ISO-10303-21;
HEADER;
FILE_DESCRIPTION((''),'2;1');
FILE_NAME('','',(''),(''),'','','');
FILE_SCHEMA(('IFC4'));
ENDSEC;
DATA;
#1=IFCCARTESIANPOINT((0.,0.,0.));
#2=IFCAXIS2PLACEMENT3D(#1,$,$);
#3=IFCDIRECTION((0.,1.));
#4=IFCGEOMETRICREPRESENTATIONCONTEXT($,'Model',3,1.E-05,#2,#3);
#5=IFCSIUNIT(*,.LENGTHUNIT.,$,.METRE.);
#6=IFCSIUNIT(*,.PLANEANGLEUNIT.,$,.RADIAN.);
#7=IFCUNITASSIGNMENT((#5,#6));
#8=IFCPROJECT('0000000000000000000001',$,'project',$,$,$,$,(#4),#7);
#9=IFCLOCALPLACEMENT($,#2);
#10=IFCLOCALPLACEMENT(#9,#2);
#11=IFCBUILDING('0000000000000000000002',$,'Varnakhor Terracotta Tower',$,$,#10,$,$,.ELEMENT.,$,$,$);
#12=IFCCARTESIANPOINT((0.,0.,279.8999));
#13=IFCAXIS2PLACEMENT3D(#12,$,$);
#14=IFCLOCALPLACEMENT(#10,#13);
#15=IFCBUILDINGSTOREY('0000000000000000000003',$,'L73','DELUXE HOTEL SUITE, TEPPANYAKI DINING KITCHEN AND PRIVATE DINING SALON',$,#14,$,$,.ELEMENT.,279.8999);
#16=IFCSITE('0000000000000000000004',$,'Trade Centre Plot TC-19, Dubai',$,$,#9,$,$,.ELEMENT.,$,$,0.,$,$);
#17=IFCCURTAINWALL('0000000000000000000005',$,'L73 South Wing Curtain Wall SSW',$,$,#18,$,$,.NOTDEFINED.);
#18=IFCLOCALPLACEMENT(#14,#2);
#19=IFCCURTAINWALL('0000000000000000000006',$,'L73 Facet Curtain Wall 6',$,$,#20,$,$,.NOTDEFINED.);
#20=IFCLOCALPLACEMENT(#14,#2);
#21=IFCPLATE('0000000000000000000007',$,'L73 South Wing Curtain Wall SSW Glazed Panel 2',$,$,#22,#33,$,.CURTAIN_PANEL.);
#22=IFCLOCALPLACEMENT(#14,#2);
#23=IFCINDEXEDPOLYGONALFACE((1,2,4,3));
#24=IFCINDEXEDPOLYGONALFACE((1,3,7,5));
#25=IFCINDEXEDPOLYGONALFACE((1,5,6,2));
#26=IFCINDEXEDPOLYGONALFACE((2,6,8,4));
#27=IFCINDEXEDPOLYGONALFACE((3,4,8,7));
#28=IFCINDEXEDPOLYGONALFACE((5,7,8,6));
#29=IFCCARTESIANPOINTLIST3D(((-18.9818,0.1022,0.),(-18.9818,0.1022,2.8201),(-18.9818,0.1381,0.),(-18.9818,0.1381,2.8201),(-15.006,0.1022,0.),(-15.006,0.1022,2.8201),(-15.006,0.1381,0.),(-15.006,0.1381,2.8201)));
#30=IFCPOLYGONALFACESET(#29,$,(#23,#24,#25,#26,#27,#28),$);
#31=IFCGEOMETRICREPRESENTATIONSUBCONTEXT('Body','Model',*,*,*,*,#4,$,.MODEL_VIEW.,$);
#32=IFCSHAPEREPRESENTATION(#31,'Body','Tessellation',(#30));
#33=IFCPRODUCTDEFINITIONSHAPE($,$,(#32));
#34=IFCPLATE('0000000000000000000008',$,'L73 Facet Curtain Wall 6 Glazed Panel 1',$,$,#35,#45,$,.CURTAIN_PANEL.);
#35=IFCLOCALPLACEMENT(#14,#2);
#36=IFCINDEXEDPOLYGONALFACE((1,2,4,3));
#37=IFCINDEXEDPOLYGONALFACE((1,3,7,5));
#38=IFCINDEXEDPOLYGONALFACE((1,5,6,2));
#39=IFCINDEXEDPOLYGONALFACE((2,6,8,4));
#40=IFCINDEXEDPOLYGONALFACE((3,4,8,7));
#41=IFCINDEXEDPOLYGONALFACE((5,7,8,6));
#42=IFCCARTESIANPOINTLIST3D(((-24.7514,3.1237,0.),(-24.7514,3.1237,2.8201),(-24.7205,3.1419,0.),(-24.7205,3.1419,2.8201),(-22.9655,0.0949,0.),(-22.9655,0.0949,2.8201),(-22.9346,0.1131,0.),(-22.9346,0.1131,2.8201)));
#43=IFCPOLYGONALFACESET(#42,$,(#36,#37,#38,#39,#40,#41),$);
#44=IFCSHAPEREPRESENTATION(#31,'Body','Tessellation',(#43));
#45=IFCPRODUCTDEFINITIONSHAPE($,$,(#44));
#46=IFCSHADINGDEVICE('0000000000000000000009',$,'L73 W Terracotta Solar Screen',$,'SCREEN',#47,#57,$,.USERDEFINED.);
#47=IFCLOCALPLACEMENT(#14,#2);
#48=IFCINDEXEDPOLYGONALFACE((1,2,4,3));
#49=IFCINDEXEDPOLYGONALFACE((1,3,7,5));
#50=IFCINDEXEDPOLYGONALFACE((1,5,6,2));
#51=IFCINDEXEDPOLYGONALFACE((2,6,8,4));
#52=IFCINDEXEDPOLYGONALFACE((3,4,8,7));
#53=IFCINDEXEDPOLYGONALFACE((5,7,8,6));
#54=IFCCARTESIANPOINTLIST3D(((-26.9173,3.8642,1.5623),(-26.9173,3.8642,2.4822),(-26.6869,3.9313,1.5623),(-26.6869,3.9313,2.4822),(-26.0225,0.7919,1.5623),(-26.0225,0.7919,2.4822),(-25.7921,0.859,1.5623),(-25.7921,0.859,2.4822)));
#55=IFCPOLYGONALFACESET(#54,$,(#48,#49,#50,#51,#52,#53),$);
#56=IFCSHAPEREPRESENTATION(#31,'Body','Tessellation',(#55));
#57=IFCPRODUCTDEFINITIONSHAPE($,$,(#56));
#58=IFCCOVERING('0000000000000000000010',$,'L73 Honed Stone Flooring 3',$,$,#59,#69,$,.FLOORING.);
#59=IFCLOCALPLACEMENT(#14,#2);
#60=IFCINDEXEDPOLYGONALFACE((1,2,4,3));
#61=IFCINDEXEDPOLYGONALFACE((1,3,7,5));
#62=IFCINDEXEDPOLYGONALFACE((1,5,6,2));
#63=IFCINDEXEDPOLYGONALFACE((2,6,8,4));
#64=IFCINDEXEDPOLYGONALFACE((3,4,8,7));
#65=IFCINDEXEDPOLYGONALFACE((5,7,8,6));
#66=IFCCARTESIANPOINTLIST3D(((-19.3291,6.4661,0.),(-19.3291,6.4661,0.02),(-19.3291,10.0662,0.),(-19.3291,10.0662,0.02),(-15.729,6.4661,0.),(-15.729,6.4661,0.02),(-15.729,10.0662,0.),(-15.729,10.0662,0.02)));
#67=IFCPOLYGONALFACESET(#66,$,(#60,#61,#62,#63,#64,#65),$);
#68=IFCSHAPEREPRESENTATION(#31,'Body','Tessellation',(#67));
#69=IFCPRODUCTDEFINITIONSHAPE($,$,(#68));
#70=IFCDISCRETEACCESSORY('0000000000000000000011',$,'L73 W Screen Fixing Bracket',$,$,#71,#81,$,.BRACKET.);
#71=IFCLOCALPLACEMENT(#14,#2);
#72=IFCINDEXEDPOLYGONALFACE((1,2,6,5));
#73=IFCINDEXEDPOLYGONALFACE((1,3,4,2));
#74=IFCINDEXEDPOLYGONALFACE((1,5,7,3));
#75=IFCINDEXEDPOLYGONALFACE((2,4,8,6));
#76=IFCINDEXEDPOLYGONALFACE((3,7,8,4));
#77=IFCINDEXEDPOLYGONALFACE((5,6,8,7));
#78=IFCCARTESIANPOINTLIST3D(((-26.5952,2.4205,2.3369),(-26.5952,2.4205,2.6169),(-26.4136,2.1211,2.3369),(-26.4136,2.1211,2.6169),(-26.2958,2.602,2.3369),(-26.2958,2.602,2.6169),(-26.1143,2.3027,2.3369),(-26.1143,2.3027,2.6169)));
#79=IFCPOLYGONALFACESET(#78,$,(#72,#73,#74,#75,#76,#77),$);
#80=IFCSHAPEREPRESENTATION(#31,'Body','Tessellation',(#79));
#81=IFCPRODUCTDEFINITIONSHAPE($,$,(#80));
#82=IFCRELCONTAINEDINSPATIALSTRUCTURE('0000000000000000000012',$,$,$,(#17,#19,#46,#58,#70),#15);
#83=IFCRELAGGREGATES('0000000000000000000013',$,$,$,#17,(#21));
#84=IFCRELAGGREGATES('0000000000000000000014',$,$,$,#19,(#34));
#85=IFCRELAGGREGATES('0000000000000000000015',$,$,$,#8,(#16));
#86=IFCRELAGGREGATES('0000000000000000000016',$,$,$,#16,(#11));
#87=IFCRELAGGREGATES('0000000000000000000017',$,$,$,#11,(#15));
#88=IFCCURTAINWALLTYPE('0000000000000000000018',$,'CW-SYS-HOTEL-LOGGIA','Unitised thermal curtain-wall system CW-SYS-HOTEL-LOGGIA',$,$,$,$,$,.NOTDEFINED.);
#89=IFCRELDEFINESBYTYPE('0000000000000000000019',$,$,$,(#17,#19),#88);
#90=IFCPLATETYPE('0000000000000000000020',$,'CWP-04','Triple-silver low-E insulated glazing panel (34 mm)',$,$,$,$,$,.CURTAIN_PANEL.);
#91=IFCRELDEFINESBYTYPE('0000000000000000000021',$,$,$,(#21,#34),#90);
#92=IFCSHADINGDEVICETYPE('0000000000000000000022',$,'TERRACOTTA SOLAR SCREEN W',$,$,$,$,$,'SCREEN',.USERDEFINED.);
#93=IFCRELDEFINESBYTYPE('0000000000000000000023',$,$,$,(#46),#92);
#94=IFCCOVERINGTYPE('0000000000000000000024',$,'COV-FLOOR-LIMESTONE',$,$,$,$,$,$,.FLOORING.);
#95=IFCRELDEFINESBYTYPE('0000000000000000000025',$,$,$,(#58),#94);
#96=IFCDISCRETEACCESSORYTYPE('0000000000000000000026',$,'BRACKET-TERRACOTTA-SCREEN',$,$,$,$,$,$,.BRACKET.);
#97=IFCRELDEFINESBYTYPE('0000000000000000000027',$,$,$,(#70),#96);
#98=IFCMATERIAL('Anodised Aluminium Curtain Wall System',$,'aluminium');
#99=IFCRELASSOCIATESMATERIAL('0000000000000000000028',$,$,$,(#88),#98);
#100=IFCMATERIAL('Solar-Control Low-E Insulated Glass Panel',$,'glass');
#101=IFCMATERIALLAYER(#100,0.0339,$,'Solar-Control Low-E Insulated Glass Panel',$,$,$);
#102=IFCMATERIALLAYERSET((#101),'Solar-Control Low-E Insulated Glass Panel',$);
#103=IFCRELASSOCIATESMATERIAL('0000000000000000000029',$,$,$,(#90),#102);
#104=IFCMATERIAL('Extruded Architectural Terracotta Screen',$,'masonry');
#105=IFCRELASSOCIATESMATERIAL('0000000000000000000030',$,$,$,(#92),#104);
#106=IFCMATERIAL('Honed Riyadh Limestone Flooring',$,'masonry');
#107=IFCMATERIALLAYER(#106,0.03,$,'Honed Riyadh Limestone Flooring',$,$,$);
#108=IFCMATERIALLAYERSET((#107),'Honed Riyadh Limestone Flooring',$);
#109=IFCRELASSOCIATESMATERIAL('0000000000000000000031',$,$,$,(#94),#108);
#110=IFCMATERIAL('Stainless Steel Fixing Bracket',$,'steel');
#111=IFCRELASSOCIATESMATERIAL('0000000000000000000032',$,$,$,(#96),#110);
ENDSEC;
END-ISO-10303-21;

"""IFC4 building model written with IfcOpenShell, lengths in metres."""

from ifc_helpers import new_model, si_unit, direction, frame, origin, origin_2d, place, context, subcontext, project, spatial, rectangle, extrude, source, transform, mapped, material, layer, layer_set, type_object, type_shapes, element, aggregate, save


model = new_model("IFC4")

# Units and contexts
model_context = context("Model", 3, precision=1e-05, world=origin(), true_north=direction((0.0, 1.0)))
body_context = subcontext(model_context, "Body", "Model", "MODEL_VIEW")
ifc_project = project(units=[si_unit("LENGTHUNIT", "METRE"), si_unit("PLANEANGLEUNIT", "RADIAN")], contexts=[model_context])

# Site, building, storey
site_placement = place(None, origin())
site = spatial("IfcSite", under=ifc_project, at=site_placement, Name="Trade Centre Plot TC-19, Dubai", CompositionType="ELEMENT", RefElevation=0.0)
building_placement = place(site_placement, origin())
building = spatial("IfcBuilding", under=site, at=building_placement, Name="Varnakhor Terracotta Tower", CompositionType="ELEMENT")
storey_placement = place(building_placement, frame((0.0, 0.0, 279.8999)))
storey = spatial("IfcBuildingStorey", under=building, at=storey_placement, Name="L73", Description="DELUXE HOTEL SUITE, TEPPANYAKI DINING KITCHEN AND PRIVATE DINING SALON", CompositionType="ELEMENT", Elevation=279.8999)

# Curtain wall
ifc_material_1 = material(Name="Anodised Aluminium Curtain Wall System", Category="aluminium")
curtain_wall_type = type_object("IfcCurtainWallType", Name="CW-SYS-HOTEL-LOGGIA", Description="Unitised thermal curtain-wall system CW-SYS-HOTEL-LOGGIA", PredefinedType="NOTDEFINED", material=ifc_material_1)
curtain_wall_1_placement = place(storey_placement, origin())
curtain_wall_1 = element("IfcCurtainWall", 1, at=curtain_wall_1_placement, inside=storey, type_object=curtain_wall_type, Name="L73 South Wing Curtain Wall SSW", PredefinedType="NOTDEFINED")

# Curtain wall
curtain_wall_2_placement = place(storey_placement, origin())
curtain_wall_2 = element("IfcCurtainWall", 2, at=curtain_wall_2_placement, inside=storey, type_object=curtain_wall_type, Name="L73 Facet Curtain Wall 6", PredefinedType="NOTDEFINED")

# Plates
ifc_material_2 = material(Name="Solar-Control Low-E Insulated Glass Panel", Category="glass")
ifc_layer_1 = layer(ifc_material_2, 0.0339, Name="Solar-Control Low-E Insulated Glass Panel")
ifc_layer_set_1 = layer_set([ifc_layer_1], Name="Solar-Control Low-E Insulated Glass Panel")
plate_type = type_object("IfcPlateType", Name="CWP-04", Description="Triple-silver low-E insulated glazing panel (34 mm)", PredefinedType="CURTAIN_PANEL", material=ifc_layer_set_1)
shared_shape_1 = source(origin(), body_context, "Body", "SweptSolid", [
    extrude(rectangle(XDim=3.9758, YDim=0.0359, at=origin_2d()), origin(), (0.0, 0.0, 1.0), 2.8201),
])
plate_1_placement = place(storey_placement, frame((-16.9939, 0.1201, 0.0), z_axis=(0.0, 0.0, 1.0), x_axis=(-1.0, 0.0, 0.0)))
plate_1 = element("IfcPlate", 3, at=plate_1_placement, type_object=plate_type, Name="L73 South Wing Curtain Wall SSW Glazed Panel 2", PredefinedType="CURTAIN_PANEL", context=body_context, shape_type="MappedRepresentation", body=[
    mapped(shared_shape_1, transform((0.0, 0.0, 0.0), scale=1.0)),
])
aggregate(curtain_wall_1, [plate_1])
shared_shape_2 = source(origin(), body_context, "Body", "SweptSolid", [
    extrude(rectangle(XDim=3.5161, YDim=0.0359, at=origin_2d()), origin(), (0.0, 0.0, 1.0), 2.8201),
])
plate_2_placement = place(storey_placement, frame((-23.843, 1.6184, 0.0), z_axis=(0.0, 0.0, 1.0), x_axis=(-0.507929, 0.861399, 0.0)))
plate_2 = element("IfcPlate", 4, at=plate_2_placement, type_object=plate_type, Name="L73 Facet Curtain Wall 6 Glazed Panel 1", PredefinedType="CURTAIN_PANEL", context=body_context, shape_type="MappedRepresentation", body=[
    mapped(shared_shape_2, transform((0.0, 0.0, 0.0), scale=1.0)),
])
aggregate(curtain_wall_2, [plate_2])

# Shading device
ifc_material_3 = material(Name="Extruded Architectural Terracotta Screen", Category="masonry")
shading_device_type = type_object("IfcShadingDeviceType", Name="TERRACOTTA SOLAR SCREEN W", ElementType="SCREEN", PredefinedType="USERDEFINED", material=ifc_material_3)
shared_shape_3 = source(origin(), body_context, "Body", "SweptSolid", [
    extrude(rectangle(XDim=3.2, YDim=0.24, at=origin_2d()), origin(), (0.0, 0.0, 1.0), 0.9199),
])
type_shapes(shading_device_type, [shared_shape_3])
shading_device_placement = place(storey_placement, frame((-26.3547, 2.3616, 1.5623), z_axis=(0.0, 0.0, 1.0), x_axis=(0.279628, -0.960108, 0.0)))
element("IfcShadingDevice", 5, at=shading_device_placement, inside=storey, type_object=shading_device_type, Name="L73 W Terracotta Solar Screen", ObjectType="SCREEN", PredefinedType="USERDEFINED", context=body_context, shape_type="MappedRepresentation", body=[
    mapped(shared_shape_3, transform((0.0, 0.0, 0.0), scale=1.0)),
])

# Covering
ifc_material_4 = material(Name="Honed Riyadh Limestone Flooring", Category="masonry")
ifc_layer_2 = layer(ifc_material_4, 0.03, Name="Honed Riyadh Limestone Flooring")
ifc_layer_set_2 = layer_set([ifc_layer_2], Name="Honed Riyadh Limestone Flooring")
covering_type = type_object("IfcCoveringType", Name="COV-FLOOR-LIMESTONE", PredefinedType="FLOORING", material=ifc_layer_set_2)
shared_shape_4 = source(origin(), body_context, "Body", "SweptSolid", [
    extrude(rectangle(XDim=3.6001, YDim=3.6001, at=origin_2d()), origin(), (0.0, 0.0, 1.0), 0.02),
])
covering_placement = place(storey_placement, frame((-17.5291, 8.2661, 0.0), z_axis=(0.0, 0.0, 1.0), x_axis=(1.0, 0.0, 0.0)))
element("IfcCovering", 6, at=covering_placement, inside=storey, type_object=covering_type, Name="L73 Honed Stone Flooring 3", PredefinedType="FLOORING", context=body_context, shape_type="MappedRepresentation", body=[
    mapped(shared_shape_4, transform((0.0, 0.0, 0.0), scale=1.0)),
])

# Discrete accessory
ifc_material_5 = material(Name="Stainless Steel Fixing Bracket", Category="steel")
discrete_accessory_type = type_object("IfcDiscreteAccessoryType", Name="BRACKET-TERRACOTTA-SCREEN", PredefinedType="BRACKET", material=ifc_material_5)
shared_shape_5 = source(origin(), body_context, "Body", "SweptSolid", [
    extrude(rectangle(XDim=0.3501, YDim=0.3501, at=origin_2d()), origin(), (0.0, 0.0, 1.0), 0.28),
])
type_shapes(discrete_accessory_type, [shared_shape_5])
discrete_accessory_placement = place(storey_placement, frame((-26.3547, 2.3616, 2.3369), z_axis=(0.0, 0.0, 1.0), x_axis=(0.518594, -0.855021, 0.0)))
element("IfcDiscreteAccessory", 7, at=discrete_accessory_placement, inside=storey, type_object=discrete_accessory_type, Name="L73 W Screen Fixing Bracket", PredefinedType="BRACKET", context=body_context, shape_type="MappedRepresentation", body=[
    mapped(shared_shape_5, transform((0.0, 0.0, 0.0), scale=1.0)),
])

save(model, "model.ifc")
